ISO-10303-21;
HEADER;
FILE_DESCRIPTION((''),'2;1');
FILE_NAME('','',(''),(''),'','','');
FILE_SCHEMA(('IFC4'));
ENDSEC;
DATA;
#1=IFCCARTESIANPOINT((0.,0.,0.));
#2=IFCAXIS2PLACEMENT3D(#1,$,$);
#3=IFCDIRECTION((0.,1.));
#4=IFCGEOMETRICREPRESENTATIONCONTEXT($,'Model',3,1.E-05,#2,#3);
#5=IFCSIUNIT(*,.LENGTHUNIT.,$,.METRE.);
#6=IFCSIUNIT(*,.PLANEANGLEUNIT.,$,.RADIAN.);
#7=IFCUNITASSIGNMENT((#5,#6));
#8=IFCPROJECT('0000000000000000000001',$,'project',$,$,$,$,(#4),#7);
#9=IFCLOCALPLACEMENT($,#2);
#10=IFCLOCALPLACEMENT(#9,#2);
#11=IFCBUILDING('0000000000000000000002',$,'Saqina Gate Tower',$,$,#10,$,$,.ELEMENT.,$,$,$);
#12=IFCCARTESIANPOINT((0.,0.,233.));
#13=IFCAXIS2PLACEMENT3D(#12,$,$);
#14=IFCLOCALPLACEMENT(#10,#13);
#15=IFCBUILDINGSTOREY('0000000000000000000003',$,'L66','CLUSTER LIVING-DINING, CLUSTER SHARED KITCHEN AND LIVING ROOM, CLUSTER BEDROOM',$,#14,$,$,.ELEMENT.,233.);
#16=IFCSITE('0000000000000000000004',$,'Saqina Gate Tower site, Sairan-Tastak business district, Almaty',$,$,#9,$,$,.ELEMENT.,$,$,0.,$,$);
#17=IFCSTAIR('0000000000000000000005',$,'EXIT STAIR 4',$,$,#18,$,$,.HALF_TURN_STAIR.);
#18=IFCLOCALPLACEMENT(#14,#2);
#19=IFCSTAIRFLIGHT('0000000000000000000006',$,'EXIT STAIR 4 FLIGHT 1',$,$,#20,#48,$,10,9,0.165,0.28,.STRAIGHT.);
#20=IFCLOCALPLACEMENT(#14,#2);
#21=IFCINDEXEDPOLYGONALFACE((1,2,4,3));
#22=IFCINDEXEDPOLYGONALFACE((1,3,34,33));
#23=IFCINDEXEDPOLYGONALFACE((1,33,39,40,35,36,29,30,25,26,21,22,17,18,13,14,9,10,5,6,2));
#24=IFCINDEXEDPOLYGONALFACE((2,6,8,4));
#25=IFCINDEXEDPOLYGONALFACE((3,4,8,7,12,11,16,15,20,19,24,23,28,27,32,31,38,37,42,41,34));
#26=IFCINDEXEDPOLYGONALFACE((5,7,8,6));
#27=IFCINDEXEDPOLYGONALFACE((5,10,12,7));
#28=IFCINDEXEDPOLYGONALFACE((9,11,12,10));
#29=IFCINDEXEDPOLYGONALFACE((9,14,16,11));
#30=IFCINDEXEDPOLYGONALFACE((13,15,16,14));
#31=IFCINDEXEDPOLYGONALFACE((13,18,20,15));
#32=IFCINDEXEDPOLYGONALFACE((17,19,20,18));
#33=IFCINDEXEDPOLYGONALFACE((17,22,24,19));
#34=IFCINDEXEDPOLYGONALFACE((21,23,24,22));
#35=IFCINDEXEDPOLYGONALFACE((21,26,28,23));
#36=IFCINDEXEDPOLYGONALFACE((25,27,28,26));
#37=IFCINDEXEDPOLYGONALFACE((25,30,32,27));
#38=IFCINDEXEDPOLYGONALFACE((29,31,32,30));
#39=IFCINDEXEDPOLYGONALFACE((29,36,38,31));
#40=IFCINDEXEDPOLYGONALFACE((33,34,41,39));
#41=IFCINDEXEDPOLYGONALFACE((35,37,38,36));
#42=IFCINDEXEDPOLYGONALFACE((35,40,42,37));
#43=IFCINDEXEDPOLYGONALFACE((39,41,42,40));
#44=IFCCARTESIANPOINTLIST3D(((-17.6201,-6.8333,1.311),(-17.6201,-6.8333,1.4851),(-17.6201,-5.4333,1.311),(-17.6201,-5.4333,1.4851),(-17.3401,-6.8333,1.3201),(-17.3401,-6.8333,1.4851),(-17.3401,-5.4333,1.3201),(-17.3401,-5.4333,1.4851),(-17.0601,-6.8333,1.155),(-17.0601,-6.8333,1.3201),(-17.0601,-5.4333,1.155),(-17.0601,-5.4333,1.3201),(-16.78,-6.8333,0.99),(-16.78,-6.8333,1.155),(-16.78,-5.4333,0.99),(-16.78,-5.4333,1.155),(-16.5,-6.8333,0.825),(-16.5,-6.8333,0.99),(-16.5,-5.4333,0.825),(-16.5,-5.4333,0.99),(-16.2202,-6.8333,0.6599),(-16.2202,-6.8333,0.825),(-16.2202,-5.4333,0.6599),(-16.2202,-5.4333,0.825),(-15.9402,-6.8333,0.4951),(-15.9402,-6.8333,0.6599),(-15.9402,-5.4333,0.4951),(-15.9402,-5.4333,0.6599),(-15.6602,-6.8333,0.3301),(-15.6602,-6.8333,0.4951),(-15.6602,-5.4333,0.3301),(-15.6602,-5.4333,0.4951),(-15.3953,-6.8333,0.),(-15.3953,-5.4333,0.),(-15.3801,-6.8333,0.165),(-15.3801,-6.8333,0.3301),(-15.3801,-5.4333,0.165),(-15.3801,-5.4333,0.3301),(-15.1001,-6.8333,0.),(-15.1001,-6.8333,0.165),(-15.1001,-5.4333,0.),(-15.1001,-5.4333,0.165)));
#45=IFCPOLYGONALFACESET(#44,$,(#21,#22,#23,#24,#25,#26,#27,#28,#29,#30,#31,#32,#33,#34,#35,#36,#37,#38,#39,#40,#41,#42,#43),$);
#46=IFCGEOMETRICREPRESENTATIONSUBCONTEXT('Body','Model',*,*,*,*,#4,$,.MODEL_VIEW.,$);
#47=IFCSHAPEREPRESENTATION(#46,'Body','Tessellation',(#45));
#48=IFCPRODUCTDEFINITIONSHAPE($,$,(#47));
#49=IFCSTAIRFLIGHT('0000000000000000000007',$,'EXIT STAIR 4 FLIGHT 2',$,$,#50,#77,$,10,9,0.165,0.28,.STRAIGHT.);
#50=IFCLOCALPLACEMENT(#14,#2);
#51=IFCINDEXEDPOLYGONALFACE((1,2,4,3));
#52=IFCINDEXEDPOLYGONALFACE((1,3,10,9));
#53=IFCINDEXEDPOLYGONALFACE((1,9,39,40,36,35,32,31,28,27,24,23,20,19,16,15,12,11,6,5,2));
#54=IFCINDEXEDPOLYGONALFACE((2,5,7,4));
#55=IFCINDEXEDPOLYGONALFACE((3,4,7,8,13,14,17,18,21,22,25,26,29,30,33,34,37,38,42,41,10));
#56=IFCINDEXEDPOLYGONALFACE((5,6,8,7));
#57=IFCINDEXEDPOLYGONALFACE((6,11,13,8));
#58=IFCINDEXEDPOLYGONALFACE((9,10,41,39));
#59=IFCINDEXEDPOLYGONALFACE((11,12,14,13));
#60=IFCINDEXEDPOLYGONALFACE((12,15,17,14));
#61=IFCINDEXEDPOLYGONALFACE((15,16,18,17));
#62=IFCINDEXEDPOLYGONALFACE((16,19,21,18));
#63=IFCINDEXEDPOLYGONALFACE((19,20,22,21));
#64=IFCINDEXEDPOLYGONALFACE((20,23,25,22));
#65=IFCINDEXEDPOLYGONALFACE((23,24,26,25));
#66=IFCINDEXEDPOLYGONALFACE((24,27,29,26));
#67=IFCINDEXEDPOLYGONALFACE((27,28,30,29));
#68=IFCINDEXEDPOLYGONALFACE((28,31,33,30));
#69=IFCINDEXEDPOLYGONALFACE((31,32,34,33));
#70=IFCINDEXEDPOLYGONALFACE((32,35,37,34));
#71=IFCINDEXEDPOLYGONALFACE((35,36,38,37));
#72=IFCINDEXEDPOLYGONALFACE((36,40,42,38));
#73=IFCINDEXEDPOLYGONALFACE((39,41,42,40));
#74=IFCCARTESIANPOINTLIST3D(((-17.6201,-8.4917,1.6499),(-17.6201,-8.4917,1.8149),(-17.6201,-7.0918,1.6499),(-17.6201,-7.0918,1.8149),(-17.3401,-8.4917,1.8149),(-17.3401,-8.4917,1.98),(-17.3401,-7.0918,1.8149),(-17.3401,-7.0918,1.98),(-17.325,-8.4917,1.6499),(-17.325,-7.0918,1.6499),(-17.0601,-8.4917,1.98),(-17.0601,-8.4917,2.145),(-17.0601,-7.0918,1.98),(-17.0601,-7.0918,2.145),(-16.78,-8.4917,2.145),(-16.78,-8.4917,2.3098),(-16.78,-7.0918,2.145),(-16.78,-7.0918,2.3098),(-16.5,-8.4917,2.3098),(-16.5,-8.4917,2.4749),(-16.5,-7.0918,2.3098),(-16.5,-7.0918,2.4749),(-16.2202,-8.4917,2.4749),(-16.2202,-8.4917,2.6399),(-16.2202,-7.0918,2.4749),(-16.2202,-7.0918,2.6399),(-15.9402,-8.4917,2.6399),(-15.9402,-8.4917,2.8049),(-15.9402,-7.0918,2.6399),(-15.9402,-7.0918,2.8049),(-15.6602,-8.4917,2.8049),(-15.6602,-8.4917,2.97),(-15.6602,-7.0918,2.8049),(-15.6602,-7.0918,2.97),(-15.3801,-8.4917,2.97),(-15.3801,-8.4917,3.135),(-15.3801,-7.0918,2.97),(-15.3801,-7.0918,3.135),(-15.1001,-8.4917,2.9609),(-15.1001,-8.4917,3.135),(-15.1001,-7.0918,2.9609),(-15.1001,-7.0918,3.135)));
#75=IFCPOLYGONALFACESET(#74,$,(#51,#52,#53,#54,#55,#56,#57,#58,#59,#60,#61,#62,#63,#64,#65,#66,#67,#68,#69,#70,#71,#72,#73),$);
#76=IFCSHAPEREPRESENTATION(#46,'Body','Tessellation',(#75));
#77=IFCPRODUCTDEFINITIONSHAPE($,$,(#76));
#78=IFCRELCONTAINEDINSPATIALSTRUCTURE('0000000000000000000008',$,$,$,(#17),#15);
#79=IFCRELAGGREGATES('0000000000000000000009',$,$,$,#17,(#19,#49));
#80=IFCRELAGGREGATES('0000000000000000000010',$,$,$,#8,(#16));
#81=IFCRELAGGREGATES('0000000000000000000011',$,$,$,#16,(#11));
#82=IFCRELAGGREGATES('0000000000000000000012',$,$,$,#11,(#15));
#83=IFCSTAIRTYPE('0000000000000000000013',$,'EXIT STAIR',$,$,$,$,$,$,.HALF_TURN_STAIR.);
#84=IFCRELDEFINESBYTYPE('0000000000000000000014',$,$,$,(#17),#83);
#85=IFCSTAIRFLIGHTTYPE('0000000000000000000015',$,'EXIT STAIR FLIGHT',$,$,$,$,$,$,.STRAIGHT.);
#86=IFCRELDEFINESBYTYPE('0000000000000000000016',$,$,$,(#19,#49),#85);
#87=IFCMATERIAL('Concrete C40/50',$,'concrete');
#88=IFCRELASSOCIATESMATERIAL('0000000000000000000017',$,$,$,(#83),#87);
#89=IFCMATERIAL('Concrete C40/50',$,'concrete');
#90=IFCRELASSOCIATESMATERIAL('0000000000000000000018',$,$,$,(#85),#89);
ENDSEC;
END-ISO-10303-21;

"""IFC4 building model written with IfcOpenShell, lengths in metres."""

from ifc_helpers import new_model, si_unit, direction, frame, origin, place, context, subcontext, project, spatial, polyline, outline, extrude, material, type_object, element, aggregate, save


model = new_model("IFC4")

# Units and contexts
model_context = context("Model", 3, precision=1e-05, world=origin(), true_north=direction((0.0, 1.0)))
body_context = subcontext(model_context, "Body", "Model", "MODEL_VIEW")
ifc_project = project(units=[si_unit("LENGTHUNIT", "METRE"), si_unit("PLANEANGLEUNIT", "RADIAN")], contexts=[model_context])

# Site, building, storey
site_placement = place(None, origin())
site = spatial("IfcSite", under=ifc_project, at=site_placement, Name="Saqina Gate Tower site, Sairan-Tastak business district, Almaty", CompositionType="ELEMENT", RefElevation=0.0)
building_placement = place(site_placement, origin())
building = spatial("IfcBuilding", under=site, at=building_placement, Name="Saqina Gate Tower", CompositionType="ELEMENT")
storey_placement = place(building_placement, frame((0.0, 0.0, 233.0)))
storey = spatial("IfcBuildingStorey", under=building, at=storey_placement, Name="L66", Description="CLUSTER LIVING-DINING, CLUSTER SHARED KITCHEN AND LIVING ROOM, CLUSTER BEDROOM", CompositionType="ELEMENT", Elevation=233.0)

# Stair, stair flights
ifc_material_1 = material(Name="Concrete C40/50", Category="concrete")
stair_type = type_object("IfcStairType", Name="EXIT STAIR", PredefinedType="HALF_TURN_STAIR", material=ifc_material_1)
stair_placement = place(storey_placement, origin())
stair = element("IfcStair", 1, at=stair_placement, inside=storey, type_object=stair_type, Name="EXIT STAIR 4", PredefinedType="HALF_TURN_STAIR")
ifc_material_2 = material(Name="Concrete C40/50", Category="concrete")
stair_flight_type = type_object("IfcStairFlightType", Name="EXIT STAIR FLIGHT", PredefinedType="STRAIGHT", material=ifc_material_2)
stair_flight_1_placement = place(storey_placement, frame((-15.1001, -6.1333, 0.0), z_axis=(0.0, 0.0, 1.0), x_axis=(-1.0, 0.0, 0.0)))
stair_flight_1 = element("IfcStairFlight", 2, at=stair_flight_1_placement, type_object=stair_flight_type, Name="EXIT STAIR 4 FLIGHT 1", NumberOfRisers=10, NumberOfTreads=9, PredefinedType="STRAIGHT", RiserHeight=0.165, TreadLength=0.28, context=body_context, shape_type="SweptSolid", body=[
    extrude(outline(polyline([(0.0, 0.0), (0.0, 0.165), (0.28, 0.165), (0.28, 0.3301), (0.5601, 0.3301), (0.5601, 0.4951), (0.8401, 0.4951), (0.8401, 0.6599), (1.1201, 0.6599), (1.1201, 0.825), (1.3999, 0.825), (1.3999, 0.99), (1.6799, 0.99), (1.6799, 1.155), (1.96, 1.155), (1.96, 1.3201), (2.24, 1.3201), (2.24, 1.4851), (2.52, 1.4851), (2.52, 1.6499), (2.52, 1.311), (0.2952, 0.0), (0.0, 0.0)])), frame((0.0, 0.7, 0.0), z_axis=(0.0, -1.0, 0.0), x_axis=(1.0, 0.0, 0.0)), (0.0, 0.0, 1.0), 1.3999),
])
stair_flight_2_placement = place(storey_placement, frame((-17.6201, -7.7917, 1.6499), z_axis=(0.0, 0.0, 1.0), x_axis=(1.0, 0.0, 0.0)))
stair_flight_2 = element("IfcStairFlight", 3, at=stair_flight_2_placement, type_object=stair_flight_type, Name="EXIT STAIR 4 FLIGHT 2", NumberOfRisers=10, NumberOfTreads=9, PredefinedType="STRAIGHT", RiserHeight=0.165, TreadLength=0.28, context=body_context, shape_type="SweptSolid", body=[
    extrude(outline(polyline([(0.0, 0.0), (0.0, 0.165), (0.28, 0.165), (0.28, 0.3301), (0.5601, 0.3301), (0.5601, 0.4951), (0.8401, 0.4951), (0.8401, 0.6599), (1.1201, 0.6599), (1.1201, 0.825), (1.3999, 0.825), (1.3999, 0.99), (1.6799, 0.99), (1.6799, 1.155), (1.96, 1.155), (1.96, 1.3201), (2.24, 1.3201), (2.24, 1.4851), (2.52, 1.4851), (2.52, 1.6499), (2.52, 1.311), (0.2952, 0.0), (0.0, 0.0)])), frame((0.0, 0.7, 0.0), z_axis=(0.0, -1.0, 0.0), x_axis=(1.0, 0.0, 0.0)), (0.0, 0.0, 1.0), 1.3999),
])
aggregate(stair, [stair_flight_1, stair_flight_2])

save(model, "model.ifc")
